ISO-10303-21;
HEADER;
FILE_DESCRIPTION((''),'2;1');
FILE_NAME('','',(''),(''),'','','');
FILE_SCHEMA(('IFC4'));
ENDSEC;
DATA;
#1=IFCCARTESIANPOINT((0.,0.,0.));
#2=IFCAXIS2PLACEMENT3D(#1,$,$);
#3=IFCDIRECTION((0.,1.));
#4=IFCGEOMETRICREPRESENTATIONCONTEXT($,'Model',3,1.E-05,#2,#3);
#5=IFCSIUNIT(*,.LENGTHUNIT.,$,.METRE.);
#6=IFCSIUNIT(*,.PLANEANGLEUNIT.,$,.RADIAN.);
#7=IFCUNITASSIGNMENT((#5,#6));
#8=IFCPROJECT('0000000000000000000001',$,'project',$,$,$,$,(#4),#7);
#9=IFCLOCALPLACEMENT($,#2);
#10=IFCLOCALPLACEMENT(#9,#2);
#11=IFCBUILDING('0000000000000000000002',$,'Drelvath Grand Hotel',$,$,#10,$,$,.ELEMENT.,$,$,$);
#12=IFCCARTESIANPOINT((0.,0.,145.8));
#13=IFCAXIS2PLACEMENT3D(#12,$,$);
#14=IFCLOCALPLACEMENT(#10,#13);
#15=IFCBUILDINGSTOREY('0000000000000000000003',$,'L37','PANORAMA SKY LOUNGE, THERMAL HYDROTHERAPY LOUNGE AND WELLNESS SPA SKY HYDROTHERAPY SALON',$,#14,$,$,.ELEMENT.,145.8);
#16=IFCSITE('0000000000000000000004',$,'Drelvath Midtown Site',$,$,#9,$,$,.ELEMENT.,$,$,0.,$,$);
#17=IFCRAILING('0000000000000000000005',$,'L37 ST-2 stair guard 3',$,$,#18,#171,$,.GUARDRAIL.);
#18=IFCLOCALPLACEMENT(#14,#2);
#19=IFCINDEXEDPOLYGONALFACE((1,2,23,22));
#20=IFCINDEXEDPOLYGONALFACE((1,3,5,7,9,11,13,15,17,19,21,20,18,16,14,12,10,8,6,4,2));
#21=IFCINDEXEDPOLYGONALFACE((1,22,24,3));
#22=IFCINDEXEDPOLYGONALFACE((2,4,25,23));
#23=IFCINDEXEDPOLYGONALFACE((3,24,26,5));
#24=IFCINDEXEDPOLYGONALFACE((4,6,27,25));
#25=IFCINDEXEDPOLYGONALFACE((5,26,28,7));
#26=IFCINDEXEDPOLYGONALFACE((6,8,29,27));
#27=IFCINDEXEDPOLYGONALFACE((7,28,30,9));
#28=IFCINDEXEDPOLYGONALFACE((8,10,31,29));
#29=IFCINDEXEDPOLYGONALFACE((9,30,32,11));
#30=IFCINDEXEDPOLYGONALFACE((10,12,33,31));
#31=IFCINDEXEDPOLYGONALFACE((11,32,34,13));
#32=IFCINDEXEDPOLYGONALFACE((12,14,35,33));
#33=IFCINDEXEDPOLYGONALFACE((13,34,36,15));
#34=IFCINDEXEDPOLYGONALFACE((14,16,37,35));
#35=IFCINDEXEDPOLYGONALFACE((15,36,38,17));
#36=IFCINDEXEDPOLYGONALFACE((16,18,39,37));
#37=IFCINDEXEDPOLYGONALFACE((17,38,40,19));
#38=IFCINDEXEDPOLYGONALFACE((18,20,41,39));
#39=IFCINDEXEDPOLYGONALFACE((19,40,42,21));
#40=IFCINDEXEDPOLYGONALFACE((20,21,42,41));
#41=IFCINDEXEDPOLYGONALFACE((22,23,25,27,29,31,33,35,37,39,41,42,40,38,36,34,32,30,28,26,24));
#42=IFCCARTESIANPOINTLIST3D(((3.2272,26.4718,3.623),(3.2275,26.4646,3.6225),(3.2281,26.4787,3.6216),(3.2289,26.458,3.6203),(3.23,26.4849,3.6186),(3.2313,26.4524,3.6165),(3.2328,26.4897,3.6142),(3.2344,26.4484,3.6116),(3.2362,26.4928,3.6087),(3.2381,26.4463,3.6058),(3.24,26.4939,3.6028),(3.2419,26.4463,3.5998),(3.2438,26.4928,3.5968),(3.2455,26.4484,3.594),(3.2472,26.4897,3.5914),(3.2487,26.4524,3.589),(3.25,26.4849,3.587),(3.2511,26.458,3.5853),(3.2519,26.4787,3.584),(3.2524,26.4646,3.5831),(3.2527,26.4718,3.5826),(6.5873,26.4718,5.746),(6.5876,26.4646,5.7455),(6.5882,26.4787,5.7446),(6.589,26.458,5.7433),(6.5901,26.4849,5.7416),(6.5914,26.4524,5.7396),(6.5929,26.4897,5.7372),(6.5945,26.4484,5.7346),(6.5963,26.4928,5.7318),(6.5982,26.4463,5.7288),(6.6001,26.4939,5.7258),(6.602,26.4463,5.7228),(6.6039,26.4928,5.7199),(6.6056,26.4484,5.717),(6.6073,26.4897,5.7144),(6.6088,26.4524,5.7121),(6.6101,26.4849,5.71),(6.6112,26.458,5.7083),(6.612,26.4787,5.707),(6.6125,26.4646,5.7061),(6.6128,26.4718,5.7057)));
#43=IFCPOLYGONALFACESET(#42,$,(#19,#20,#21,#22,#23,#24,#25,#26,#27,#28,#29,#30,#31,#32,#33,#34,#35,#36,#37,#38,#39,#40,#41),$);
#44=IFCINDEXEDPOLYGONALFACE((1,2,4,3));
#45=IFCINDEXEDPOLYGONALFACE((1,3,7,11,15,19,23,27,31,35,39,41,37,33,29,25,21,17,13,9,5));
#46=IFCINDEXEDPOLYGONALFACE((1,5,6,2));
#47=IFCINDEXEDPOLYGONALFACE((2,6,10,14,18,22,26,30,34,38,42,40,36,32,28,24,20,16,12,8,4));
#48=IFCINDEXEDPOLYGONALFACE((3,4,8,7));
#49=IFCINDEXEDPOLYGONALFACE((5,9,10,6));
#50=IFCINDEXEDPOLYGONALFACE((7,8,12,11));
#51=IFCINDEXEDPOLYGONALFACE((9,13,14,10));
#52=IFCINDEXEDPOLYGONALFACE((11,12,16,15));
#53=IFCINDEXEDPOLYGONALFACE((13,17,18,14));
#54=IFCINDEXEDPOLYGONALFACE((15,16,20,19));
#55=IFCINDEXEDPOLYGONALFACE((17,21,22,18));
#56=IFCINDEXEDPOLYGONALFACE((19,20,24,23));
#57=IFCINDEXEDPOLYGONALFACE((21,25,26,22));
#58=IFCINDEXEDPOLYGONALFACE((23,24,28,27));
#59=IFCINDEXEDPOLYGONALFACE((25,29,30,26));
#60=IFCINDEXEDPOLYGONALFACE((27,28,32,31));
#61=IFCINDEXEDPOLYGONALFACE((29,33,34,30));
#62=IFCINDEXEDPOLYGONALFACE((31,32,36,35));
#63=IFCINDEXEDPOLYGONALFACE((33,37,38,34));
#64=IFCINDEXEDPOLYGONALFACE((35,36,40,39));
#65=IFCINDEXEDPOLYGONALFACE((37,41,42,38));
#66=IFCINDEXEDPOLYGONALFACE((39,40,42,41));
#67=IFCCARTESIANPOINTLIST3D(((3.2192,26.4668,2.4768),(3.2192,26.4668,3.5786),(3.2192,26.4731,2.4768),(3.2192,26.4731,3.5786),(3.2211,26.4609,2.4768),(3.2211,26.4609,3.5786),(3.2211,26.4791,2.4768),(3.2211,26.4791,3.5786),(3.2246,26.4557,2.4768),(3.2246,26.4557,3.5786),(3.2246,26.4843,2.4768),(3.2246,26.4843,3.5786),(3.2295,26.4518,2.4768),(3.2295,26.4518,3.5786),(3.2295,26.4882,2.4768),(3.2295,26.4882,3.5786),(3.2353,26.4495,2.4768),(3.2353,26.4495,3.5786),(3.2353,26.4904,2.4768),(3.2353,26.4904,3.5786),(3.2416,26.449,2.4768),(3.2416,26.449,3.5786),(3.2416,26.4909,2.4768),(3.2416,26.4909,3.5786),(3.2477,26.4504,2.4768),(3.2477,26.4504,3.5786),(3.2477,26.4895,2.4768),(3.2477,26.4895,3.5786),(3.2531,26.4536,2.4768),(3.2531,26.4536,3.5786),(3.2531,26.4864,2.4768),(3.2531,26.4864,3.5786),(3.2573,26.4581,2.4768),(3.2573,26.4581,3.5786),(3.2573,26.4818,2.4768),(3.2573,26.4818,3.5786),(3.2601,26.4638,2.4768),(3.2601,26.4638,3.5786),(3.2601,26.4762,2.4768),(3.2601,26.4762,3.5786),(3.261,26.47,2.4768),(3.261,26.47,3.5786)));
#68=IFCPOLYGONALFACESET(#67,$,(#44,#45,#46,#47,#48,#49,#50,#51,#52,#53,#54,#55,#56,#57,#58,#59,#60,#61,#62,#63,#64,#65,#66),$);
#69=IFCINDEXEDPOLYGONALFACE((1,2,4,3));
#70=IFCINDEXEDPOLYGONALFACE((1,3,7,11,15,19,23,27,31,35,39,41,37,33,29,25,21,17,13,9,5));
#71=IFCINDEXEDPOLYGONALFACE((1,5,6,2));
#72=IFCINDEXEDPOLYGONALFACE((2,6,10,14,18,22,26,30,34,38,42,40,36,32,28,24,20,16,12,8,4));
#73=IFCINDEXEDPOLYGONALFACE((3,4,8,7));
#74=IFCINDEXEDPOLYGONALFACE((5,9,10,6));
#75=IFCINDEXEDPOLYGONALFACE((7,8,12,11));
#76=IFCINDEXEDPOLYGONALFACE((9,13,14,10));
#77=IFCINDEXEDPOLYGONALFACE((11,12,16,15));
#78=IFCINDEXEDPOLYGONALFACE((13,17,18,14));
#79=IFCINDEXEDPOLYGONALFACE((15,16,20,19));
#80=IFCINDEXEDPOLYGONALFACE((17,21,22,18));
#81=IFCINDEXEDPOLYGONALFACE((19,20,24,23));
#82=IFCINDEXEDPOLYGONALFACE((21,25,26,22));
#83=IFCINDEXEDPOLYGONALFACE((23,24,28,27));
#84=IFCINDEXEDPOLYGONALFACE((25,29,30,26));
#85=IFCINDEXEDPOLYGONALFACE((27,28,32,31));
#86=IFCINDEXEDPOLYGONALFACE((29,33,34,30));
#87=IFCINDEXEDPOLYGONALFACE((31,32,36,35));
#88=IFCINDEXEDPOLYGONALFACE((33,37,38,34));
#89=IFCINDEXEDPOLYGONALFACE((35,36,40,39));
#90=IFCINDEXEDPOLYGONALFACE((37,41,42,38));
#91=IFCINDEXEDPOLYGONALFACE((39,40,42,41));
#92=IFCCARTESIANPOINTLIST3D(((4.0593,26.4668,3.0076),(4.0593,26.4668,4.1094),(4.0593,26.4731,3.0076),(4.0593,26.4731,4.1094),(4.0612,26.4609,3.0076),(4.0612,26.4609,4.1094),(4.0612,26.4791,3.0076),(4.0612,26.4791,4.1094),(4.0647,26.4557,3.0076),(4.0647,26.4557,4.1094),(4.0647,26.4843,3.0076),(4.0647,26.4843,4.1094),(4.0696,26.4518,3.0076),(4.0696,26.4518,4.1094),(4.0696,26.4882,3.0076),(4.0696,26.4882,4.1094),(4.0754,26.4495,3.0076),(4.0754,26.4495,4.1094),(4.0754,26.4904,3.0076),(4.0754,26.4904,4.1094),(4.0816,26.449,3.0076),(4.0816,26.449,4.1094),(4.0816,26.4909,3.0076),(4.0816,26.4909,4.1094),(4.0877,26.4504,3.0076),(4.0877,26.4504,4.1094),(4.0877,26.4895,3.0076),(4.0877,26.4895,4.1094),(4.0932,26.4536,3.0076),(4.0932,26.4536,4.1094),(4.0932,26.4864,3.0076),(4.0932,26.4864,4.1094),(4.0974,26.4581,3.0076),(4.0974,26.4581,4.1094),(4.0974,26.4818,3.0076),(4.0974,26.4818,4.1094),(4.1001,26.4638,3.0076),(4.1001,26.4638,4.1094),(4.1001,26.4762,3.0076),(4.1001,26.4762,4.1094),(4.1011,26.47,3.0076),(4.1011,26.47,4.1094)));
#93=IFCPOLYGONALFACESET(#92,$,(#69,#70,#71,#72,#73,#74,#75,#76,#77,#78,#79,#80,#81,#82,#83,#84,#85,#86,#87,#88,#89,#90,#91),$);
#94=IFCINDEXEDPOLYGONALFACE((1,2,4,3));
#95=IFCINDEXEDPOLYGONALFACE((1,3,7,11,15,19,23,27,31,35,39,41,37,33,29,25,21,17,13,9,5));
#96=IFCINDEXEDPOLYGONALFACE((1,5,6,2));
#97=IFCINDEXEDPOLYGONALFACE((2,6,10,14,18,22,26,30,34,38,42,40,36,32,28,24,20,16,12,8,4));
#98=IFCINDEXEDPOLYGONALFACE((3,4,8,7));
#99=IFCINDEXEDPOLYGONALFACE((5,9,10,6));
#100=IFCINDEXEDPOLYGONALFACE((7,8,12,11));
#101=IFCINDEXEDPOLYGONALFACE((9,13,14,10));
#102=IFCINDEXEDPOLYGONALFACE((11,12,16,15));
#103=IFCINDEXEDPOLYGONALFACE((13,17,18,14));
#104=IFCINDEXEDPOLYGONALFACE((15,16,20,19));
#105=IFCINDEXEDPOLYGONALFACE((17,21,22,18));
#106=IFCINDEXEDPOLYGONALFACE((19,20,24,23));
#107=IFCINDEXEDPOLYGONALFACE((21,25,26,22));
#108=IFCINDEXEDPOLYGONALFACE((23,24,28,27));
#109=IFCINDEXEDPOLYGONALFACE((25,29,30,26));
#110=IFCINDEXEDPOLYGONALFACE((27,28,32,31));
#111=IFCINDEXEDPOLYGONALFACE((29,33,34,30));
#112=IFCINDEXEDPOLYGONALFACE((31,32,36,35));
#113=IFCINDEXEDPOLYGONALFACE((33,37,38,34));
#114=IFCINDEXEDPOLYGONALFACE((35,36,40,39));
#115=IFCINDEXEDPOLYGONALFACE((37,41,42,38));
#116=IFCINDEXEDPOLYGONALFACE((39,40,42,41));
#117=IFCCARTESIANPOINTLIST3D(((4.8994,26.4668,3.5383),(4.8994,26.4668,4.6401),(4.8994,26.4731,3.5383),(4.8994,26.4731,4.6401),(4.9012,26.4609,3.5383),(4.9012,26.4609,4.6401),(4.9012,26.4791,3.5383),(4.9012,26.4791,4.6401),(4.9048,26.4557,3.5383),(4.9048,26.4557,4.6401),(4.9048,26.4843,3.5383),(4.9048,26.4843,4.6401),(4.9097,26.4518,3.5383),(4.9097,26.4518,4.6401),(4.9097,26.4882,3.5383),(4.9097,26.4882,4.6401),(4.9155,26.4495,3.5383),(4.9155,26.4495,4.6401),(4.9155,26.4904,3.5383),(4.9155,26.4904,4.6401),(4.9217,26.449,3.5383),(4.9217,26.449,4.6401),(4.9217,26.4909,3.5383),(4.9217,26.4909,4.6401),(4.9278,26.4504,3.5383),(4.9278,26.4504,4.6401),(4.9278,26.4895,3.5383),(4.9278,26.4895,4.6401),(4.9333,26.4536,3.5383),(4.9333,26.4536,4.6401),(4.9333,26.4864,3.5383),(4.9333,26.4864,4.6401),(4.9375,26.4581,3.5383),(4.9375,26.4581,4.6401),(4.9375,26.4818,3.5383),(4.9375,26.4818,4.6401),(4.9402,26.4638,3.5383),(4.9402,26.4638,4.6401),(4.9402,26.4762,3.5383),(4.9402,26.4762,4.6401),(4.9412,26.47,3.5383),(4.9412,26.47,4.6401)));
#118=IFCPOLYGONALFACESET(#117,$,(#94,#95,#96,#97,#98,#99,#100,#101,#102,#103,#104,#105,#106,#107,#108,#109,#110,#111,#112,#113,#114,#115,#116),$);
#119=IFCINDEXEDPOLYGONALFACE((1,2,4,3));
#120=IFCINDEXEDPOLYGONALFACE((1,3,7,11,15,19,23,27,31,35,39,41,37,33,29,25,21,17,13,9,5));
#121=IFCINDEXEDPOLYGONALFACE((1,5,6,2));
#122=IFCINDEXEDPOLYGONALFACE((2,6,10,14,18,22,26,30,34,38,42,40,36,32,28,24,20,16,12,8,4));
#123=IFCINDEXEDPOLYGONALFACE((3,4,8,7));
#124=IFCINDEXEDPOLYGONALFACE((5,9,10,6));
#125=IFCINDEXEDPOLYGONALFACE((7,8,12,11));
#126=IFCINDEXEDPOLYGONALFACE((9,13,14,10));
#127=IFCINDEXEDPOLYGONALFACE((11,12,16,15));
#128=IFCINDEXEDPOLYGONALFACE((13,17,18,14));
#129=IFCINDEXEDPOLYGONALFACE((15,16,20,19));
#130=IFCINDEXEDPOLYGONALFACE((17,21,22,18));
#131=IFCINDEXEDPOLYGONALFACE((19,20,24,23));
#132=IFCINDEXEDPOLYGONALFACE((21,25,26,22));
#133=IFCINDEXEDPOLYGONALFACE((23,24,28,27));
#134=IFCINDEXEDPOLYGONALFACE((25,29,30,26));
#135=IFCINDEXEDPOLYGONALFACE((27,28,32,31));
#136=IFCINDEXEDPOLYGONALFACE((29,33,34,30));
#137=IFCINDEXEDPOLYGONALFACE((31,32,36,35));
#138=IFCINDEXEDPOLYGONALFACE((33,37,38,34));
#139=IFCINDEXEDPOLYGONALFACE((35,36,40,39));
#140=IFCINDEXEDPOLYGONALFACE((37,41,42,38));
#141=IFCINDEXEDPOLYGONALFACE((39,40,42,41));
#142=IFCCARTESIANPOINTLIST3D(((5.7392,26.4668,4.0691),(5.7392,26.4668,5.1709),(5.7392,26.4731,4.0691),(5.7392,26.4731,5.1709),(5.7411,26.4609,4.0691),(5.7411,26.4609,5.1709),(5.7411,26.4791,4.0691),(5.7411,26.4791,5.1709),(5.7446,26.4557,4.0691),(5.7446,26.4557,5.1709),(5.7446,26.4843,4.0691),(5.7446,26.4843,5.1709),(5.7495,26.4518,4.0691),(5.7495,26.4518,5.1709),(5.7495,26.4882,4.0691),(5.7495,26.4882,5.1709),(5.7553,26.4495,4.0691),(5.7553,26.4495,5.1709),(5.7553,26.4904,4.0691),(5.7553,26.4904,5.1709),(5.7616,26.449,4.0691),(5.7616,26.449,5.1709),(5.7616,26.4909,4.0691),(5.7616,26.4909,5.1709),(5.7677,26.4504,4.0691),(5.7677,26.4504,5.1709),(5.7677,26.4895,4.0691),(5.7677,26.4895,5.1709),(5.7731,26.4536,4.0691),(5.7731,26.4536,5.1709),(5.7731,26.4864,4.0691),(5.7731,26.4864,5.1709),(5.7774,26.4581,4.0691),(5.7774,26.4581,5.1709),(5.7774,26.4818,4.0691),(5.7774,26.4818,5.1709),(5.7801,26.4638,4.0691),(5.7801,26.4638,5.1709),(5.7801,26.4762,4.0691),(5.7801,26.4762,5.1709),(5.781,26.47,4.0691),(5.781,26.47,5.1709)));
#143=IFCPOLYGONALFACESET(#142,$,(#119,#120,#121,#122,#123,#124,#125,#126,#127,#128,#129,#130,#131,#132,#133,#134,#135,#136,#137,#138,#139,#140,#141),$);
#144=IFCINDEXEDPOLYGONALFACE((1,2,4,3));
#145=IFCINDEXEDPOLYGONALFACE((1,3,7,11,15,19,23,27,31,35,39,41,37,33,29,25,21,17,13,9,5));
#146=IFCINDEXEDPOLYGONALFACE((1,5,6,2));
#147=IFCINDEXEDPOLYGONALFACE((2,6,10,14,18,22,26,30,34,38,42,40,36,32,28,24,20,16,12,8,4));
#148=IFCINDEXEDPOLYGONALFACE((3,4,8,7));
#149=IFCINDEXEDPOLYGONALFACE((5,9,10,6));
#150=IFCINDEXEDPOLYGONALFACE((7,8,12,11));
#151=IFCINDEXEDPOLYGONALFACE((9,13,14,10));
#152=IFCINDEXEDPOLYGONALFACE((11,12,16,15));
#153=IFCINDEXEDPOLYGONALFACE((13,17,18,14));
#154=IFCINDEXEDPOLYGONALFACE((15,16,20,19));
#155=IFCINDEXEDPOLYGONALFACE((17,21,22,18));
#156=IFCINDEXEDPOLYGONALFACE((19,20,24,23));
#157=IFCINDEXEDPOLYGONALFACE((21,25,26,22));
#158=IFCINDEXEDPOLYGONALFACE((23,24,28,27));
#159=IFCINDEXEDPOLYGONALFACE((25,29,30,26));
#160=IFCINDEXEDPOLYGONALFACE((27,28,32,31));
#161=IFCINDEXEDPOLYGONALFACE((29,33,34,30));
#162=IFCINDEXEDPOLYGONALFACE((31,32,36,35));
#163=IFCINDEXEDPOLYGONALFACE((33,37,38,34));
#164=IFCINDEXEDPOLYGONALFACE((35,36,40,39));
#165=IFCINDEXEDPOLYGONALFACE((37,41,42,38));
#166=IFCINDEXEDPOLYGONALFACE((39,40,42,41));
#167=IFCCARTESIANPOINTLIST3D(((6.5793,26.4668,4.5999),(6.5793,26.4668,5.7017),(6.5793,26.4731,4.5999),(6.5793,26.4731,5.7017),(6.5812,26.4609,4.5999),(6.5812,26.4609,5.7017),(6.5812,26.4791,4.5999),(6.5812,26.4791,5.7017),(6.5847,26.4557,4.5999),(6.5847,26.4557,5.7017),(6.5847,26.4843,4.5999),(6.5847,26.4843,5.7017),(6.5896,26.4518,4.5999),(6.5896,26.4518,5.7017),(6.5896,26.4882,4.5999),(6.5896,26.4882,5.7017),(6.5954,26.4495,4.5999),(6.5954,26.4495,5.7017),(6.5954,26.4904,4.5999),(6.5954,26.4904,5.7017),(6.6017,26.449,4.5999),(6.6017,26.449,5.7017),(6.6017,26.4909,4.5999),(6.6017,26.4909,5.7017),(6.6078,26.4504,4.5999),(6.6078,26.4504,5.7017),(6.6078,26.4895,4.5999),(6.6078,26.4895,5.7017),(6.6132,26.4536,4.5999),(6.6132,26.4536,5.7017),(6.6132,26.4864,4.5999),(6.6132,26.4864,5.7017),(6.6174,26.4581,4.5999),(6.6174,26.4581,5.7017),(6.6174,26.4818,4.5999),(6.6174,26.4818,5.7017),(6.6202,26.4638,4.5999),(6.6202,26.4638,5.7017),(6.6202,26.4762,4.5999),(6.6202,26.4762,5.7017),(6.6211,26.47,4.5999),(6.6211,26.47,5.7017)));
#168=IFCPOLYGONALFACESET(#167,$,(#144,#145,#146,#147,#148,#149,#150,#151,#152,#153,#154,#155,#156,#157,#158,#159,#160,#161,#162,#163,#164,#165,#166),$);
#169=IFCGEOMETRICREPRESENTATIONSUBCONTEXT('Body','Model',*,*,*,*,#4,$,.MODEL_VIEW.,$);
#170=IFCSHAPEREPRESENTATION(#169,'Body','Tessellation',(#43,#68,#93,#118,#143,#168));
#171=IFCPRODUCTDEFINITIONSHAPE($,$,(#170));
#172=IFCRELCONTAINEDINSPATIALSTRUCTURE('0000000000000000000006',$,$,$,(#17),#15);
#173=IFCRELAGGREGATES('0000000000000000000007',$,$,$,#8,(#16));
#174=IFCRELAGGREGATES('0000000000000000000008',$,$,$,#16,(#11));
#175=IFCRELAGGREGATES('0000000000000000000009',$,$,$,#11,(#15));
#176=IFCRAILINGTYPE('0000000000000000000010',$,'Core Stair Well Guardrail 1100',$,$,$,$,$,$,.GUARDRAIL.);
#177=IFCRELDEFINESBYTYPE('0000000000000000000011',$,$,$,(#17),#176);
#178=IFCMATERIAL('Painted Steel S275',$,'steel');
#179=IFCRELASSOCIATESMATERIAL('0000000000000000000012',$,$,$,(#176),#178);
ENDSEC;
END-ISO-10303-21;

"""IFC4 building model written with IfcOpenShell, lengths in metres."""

from ifc_helpers import new_model, si_unit, direction, frame, origin, origin_2d, place, context, subcontext, project, spatial, circle, extrude, material, type_object, element, save


model = new_model("IFC4")

# Units and contexts
model_context = context("Model", 3, precision=1e-05, world=origin(), true_north=direction((0.0, 1.0)))
body_context = subcontext(model_context, "Body", "Model", "MODEL_VIEW")
ifc_project = project(units=[si_unit("LENGTHUNIT", "METRE"), si_unit("PLANEANGLEUNIT", "RADIAN")], contexts=[model_context])

# Site, building, storey
site_placement = place(None, origin())
site = spatial("IfcSite", under=ifc_project, at=site_placement, Name="Drelvath Midtown Site", CompositionType="ELEMENT", RefElevation=0.0)
building_placement = place(site_placement, origin())
building = spatial("IfcBuilding", under=site, at=building_placement, Name="Drelvath Grand Hotel", CompositionType="ELEMENT")
storey_placement = place(building_placement, frame((0.0, 0.0, 145.8)))
storey = spatial("IfcBuildingStorey", under=building, at=storey_placement, Name="L37", Description="PANORAMA SKY LOUNGE, THERMAL HYDROTHERAPY LOUNGE AND WELLNESS SPA SKY HYDROTHERAPY SALON", CompositionType="ELEMENT", Elevation=145.8)

# Railing
ifc_material_1 = material(Name="Painted Steel S275", Category="steel")
railing_type_1 = type_object("IfcRailingType", Name="Core Stair Well Guardrail 1100", PredefinedType="GUARDRAIL", material=ifc_material_1)
railing_1_placement = place(storey_placement, frame((3.24, 26.47, 2.4768)))
element("IfcRailing", 1, at=railing_1_placement, inside=storey, type_object=railing_type_1, Name="L37 ST-2 stair guard 3", PredefinedType="GUARDRAIL", context=body_context, shape_type="SweptSolid", body=[
    extrude(circle(Radius=0.0239, at=origin_2d()), frame((0.0, 0.0, 1.126), z_axis=(0.84539, 0.0, 0.53415), x_axis=(0.0, 1.0, 0.0)), (0.0, 0.0, 1.0), 3.9746),
    extrude(circle(Radius=0.021, at=origin_2d()), origin(), (0.0, 0.0, 1.0), 1.1018),
    extrude(circle(Radius=0.021, at=origin_2d()), frame((0.8401, 0.0, 0.5308)), (0.0, 0.0, 1.0), 1.1018),
    extrude(circle(Radius=0.021, at=origin_2d()), frame((1.6802, 0.0, 1.0615)), (0.0, 0.0, 1.0), 1.1018),
    extrude(circle(Radius=0.021, at=origin_2d()), frame((2.52, 0.0, 1.5923)), (0.0, 0.0, 1.0), 1.1018),
    extrude(circle(Radius=0.021, at=origin_2d()), frame((3.3601, 0.0, 2.123)), (0.0, 0.0, 1.0), 1.1018),
])

save(model, "model.ifc")
